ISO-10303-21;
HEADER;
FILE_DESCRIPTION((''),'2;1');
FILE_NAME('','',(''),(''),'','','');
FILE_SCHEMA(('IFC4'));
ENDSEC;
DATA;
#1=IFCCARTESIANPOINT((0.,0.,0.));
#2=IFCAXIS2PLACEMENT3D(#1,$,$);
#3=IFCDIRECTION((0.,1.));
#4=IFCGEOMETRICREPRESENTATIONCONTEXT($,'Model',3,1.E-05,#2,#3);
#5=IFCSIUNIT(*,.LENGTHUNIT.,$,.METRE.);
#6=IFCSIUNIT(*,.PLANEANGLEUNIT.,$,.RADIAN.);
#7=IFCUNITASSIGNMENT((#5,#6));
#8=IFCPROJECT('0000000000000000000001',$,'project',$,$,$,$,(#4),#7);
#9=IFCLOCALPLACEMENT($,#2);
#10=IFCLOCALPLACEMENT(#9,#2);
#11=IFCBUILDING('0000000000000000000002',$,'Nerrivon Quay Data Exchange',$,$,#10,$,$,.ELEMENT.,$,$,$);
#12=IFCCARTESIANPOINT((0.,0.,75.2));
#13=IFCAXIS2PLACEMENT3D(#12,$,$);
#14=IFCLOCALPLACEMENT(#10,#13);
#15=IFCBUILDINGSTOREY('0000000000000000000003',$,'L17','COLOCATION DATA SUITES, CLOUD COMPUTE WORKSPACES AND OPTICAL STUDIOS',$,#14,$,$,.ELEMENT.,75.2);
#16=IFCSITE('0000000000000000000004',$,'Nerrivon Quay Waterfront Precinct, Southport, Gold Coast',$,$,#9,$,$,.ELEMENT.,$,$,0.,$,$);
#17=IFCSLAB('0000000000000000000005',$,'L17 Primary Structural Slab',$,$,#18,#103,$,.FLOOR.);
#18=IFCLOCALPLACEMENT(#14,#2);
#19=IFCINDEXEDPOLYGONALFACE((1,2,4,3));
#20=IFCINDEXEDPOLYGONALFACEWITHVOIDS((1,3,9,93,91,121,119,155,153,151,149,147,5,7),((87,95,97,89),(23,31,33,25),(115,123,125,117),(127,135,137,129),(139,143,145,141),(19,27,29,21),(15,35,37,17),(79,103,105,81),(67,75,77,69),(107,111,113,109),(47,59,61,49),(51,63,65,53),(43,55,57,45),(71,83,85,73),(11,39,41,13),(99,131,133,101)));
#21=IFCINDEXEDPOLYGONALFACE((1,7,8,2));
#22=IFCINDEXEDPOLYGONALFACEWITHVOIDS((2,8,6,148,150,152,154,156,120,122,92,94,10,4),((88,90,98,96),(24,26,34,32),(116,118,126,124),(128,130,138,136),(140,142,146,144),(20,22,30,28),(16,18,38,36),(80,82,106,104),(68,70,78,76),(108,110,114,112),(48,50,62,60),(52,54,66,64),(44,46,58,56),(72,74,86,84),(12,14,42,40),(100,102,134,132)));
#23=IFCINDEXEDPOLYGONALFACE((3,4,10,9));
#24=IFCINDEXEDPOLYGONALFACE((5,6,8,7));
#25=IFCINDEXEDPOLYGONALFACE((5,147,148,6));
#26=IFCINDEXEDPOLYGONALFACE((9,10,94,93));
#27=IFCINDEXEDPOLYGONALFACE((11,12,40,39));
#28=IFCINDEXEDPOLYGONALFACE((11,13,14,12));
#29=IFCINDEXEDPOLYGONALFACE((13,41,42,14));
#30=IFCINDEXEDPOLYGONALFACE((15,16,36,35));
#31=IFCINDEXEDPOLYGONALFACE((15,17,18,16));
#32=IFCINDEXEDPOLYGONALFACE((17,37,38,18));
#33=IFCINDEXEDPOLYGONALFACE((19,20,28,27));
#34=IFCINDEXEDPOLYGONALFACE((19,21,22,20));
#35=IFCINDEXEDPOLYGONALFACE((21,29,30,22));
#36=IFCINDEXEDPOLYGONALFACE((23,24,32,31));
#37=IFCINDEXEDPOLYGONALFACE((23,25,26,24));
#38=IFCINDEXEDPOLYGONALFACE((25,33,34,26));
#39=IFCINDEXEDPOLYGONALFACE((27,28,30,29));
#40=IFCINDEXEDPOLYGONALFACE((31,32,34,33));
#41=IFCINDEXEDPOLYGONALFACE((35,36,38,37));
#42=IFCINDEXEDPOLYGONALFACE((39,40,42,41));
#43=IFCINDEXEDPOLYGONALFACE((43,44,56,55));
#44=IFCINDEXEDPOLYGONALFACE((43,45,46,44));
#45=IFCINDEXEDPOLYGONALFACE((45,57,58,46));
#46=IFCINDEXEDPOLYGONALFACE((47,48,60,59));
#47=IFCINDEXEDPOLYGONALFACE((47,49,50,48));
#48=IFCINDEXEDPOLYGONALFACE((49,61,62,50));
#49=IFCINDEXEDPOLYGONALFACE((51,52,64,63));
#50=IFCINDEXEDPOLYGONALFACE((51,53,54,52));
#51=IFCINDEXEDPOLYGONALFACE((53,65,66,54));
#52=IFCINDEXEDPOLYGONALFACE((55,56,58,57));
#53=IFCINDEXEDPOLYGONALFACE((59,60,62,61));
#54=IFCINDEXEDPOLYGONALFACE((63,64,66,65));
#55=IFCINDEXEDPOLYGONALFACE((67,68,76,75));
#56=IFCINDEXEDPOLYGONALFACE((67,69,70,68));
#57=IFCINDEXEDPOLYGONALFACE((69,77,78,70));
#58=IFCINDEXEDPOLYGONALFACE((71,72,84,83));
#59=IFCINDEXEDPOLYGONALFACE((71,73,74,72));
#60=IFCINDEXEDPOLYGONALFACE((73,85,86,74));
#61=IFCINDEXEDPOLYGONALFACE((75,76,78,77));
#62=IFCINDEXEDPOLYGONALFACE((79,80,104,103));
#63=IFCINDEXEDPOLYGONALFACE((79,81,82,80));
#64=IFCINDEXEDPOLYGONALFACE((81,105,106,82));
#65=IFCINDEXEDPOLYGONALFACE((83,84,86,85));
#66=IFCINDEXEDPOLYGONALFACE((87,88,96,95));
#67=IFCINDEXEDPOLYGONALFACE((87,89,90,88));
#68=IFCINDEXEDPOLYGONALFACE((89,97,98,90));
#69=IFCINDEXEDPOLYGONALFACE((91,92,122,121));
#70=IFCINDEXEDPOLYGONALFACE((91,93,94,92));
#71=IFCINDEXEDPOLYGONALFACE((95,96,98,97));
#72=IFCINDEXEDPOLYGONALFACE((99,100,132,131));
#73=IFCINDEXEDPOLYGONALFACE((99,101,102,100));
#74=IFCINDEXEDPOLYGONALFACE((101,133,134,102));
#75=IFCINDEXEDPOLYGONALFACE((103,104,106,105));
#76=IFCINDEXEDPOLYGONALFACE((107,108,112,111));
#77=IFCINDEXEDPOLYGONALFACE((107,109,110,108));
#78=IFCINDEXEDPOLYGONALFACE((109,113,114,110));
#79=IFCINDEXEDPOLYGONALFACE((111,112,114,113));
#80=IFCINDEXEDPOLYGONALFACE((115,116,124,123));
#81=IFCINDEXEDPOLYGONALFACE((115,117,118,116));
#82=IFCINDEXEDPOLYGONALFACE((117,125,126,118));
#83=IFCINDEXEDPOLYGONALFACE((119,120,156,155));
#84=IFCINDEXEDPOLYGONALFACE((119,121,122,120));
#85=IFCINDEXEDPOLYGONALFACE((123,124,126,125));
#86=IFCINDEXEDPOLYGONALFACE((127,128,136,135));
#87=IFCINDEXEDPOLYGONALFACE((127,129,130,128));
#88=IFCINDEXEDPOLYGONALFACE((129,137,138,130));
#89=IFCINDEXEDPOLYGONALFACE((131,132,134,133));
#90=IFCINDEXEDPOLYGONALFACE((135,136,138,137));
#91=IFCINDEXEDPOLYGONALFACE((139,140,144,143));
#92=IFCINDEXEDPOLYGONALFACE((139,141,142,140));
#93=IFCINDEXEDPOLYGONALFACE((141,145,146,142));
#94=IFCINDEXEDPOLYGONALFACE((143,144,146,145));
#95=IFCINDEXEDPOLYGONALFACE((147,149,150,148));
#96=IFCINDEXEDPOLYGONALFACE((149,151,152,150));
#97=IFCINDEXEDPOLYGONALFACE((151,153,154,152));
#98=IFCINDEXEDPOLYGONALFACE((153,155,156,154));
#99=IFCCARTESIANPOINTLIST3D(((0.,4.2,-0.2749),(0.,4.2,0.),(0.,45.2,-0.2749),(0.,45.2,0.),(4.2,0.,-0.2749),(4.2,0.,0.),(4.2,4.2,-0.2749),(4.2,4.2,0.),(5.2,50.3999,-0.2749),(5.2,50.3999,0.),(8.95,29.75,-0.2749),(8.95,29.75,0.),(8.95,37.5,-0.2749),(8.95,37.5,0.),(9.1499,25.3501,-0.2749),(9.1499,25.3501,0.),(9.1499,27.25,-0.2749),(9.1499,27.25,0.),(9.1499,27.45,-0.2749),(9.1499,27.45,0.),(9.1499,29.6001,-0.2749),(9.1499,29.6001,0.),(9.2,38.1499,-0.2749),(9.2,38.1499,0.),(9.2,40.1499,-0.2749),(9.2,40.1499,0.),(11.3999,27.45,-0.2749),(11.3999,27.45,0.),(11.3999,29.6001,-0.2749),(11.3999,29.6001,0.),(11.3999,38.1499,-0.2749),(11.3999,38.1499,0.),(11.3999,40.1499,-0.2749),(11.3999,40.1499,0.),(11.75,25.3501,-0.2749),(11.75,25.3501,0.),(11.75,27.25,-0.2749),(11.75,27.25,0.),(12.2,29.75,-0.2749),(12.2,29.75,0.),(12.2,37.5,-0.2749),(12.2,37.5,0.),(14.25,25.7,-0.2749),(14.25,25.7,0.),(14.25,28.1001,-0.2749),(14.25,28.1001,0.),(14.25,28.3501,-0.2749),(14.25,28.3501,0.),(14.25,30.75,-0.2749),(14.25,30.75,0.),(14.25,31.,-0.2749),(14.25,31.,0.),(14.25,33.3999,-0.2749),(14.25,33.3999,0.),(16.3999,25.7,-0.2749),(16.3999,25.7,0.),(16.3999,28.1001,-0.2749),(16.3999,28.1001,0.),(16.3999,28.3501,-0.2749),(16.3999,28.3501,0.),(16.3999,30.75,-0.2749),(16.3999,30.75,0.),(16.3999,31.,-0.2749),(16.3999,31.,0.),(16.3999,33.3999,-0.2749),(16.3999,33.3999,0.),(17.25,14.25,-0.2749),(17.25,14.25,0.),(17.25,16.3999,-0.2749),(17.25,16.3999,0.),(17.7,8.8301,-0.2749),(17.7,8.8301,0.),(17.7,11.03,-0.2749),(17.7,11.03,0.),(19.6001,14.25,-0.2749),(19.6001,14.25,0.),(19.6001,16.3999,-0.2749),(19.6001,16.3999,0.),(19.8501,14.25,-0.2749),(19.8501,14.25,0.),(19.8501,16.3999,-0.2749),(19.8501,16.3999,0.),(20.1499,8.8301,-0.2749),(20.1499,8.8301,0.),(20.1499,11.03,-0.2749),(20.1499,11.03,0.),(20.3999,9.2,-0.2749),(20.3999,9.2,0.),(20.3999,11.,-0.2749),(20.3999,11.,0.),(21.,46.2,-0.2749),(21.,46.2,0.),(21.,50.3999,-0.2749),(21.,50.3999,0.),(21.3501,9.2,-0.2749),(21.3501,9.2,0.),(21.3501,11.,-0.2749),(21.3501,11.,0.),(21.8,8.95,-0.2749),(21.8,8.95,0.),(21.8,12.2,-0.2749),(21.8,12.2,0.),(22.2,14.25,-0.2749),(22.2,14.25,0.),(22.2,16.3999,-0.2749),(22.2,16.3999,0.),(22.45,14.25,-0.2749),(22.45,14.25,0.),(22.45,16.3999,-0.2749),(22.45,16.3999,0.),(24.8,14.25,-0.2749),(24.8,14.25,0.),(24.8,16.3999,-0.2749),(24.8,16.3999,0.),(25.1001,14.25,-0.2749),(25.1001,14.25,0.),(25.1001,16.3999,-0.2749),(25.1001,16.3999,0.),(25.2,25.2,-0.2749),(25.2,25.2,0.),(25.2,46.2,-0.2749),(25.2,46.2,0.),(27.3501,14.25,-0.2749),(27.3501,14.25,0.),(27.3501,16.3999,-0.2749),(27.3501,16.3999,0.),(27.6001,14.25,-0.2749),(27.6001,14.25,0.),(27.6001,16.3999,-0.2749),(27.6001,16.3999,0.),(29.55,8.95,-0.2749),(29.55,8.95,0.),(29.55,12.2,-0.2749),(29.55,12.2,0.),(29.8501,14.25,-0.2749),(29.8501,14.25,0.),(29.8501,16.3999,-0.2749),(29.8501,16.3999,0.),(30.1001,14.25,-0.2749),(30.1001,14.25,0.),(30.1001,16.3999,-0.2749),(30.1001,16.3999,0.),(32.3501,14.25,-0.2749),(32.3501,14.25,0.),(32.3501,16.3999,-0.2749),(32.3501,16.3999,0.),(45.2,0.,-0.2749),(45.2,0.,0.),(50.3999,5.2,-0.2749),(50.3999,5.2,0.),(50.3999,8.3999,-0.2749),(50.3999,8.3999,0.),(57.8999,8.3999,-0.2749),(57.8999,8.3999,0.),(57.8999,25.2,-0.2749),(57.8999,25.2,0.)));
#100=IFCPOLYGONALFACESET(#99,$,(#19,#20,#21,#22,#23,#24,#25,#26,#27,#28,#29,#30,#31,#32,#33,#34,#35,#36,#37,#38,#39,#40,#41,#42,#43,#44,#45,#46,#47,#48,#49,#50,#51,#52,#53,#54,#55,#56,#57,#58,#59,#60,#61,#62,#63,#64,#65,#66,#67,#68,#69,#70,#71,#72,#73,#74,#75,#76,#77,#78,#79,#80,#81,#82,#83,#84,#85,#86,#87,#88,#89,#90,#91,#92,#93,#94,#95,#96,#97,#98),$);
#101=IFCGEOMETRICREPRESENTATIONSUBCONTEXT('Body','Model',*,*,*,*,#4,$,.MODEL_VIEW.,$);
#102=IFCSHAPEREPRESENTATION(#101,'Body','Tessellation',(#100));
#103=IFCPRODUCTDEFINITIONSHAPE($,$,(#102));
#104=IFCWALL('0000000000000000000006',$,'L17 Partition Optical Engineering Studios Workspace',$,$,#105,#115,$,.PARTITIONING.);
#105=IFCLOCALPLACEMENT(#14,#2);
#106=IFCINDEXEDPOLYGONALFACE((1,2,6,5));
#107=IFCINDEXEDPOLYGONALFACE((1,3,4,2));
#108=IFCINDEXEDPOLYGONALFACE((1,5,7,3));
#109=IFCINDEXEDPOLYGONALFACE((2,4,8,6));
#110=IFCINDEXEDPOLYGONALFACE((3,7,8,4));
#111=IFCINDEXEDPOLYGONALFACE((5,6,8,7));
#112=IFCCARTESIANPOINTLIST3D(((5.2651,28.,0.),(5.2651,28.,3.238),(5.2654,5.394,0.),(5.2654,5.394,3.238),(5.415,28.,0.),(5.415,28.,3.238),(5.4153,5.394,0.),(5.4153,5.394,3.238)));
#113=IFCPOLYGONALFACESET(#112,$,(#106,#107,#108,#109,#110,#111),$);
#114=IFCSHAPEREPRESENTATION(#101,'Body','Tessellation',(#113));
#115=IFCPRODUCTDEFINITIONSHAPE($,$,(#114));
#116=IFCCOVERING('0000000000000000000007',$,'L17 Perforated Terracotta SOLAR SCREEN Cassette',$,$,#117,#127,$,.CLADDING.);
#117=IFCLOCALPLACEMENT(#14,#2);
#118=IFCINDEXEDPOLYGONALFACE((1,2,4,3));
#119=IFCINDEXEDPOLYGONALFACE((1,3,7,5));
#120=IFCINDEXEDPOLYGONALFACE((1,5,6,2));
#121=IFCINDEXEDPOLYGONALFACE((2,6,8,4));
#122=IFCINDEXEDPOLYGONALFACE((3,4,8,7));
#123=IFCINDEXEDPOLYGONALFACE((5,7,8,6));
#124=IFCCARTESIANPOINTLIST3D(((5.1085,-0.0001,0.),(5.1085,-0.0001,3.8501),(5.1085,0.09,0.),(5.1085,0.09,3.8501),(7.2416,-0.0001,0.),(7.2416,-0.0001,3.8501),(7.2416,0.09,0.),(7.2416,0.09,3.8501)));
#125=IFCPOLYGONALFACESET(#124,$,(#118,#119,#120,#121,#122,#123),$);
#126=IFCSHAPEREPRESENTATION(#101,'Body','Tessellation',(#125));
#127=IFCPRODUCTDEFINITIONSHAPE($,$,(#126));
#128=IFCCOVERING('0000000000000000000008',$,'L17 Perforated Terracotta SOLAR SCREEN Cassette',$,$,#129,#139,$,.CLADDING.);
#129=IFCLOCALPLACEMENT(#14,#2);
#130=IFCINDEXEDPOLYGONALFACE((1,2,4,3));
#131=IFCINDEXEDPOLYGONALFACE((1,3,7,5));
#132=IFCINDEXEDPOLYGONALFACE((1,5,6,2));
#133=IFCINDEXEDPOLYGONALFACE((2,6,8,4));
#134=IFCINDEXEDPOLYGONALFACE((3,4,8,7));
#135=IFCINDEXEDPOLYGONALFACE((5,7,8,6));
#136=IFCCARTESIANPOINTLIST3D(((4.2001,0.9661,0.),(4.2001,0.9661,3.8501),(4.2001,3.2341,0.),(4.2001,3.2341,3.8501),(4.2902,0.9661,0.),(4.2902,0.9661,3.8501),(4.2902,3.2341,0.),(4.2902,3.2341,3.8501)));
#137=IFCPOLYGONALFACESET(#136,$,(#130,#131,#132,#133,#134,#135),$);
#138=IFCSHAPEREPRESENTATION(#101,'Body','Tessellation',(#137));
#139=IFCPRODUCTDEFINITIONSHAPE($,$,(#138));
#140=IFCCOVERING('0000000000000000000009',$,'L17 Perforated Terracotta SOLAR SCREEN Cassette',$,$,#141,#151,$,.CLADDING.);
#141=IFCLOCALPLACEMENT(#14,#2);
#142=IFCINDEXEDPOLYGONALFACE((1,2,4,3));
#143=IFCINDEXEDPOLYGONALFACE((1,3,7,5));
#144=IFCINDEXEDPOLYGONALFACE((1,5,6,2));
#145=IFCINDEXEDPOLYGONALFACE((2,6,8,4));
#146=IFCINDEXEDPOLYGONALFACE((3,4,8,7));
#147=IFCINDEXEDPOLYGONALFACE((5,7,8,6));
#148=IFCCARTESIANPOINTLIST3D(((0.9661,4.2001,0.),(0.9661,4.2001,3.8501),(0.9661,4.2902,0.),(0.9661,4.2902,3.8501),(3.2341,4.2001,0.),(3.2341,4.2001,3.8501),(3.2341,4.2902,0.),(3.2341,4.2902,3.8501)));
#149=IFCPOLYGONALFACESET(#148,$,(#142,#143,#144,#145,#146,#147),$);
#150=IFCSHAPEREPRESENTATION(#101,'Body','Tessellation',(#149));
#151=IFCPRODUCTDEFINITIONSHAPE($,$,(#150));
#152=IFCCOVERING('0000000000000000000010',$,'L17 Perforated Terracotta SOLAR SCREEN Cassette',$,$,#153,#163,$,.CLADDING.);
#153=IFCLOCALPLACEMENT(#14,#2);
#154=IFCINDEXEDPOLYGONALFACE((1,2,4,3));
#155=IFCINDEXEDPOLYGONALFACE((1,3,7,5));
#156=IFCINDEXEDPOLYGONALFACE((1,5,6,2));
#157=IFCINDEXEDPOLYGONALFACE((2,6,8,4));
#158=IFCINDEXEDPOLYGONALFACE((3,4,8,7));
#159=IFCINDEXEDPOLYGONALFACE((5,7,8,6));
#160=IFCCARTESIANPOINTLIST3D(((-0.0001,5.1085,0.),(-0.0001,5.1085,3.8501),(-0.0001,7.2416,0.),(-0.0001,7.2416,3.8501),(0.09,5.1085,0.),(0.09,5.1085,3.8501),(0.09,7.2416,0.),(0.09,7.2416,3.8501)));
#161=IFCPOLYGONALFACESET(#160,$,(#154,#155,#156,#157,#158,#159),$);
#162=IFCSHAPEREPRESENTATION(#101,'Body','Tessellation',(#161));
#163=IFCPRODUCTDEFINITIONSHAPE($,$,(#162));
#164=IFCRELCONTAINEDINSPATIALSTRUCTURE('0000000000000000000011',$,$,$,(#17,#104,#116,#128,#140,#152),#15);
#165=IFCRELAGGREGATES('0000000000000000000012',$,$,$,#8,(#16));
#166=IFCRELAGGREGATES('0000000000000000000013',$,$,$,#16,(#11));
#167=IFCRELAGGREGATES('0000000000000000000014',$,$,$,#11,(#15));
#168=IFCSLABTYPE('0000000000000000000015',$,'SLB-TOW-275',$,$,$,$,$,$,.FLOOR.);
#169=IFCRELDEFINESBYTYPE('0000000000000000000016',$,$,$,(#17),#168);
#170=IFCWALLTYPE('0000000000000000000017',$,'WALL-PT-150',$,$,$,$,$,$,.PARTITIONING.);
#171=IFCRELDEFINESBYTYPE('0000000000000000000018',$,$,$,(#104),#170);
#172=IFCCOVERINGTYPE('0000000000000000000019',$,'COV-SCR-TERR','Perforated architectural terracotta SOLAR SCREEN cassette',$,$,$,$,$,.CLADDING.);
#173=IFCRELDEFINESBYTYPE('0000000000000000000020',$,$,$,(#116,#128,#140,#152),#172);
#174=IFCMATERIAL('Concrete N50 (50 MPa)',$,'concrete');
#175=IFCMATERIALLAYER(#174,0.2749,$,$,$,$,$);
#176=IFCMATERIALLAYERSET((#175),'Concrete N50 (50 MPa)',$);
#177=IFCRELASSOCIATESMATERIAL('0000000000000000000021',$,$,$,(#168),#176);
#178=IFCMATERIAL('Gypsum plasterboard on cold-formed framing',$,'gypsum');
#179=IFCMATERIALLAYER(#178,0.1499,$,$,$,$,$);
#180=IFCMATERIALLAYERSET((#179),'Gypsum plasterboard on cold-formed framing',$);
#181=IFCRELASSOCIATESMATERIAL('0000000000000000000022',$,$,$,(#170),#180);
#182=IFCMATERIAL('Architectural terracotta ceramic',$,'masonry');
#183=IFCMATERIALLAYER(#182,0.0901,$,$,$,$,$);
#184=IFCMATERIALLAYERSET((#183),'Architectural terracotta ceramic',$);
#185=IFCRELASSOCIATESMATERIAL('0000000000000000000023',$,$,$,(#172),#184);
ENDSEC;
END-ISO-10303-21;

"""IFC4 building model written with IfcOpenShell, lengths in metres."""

from ifc_helpers import new_model, si_unit, direction, frame, frame_2d, origin, origin_2d, place, context, subcontext, project, spatial, polyline, rectangle, outline, extrude, material, layer, layer_set, type_object, element, save


model = new_model("IFC4")

# Units and contexts
model_context = context("Model", 3, precision=1e-05, world=origin(), true_north=direction((0.0, 1.0)))
body_context = subcontext(model_context, "Body", "Model", "MODEL_VIEW")
ifc_project = project(units=[si_unit("LENGTHUNIT", "METRE"), si_unit("PLANEANGLEUNIT", "RADIAN")], contexts=[model_context])

# Site, building, storey
site_placement = place(None, origin())
site = spatial("IfcSite", under=ifc_project, at=site_placement, Name="Nerrivon Quay Waterfront Precinct, Southport, Gold Coast", CompositionType="ELEMENT", RefElevation=0.0)
building_placement = place(site_placement, origin())
building = spatial("IfcBuilding", under=site, at=building_placement, Name="Nerrivon Quay Data Exchange", CompositionType="ELEMENT")
storey_placement = place(building_placement, frame((0.0, 0.0, 75.2)))
storey = spatial("IfcBuildingStorey", under=building, at=storey_placement, Name="L17", Description="COLOCATION DATA SUITES, CLOUD COMPUTE WORKSPACES AND OPTICAL STUDIOS", CompositionType="ELEMENT", Elevation=75.2)

# Shared definitions
ifc_material_1 = material(Name="Concrete N50 (50 MPa)", Category="concrete")

# Slab
ifc_layer_1 = layer(ifc_material_1, 0.2749)
ifc_layer_set_1 = layer_set([ifc_layer_1], Name="Concrete N50 (50 MPa)")
slab_type_1 = type_object("IfcSlabType", Name="SLB-TOW-275", PredefinedType="FLOOR", material=ifc_layer_set_1)
slab_1_placement = place(storey_placement, frame((0.0, 0.0, -0.2749)))
element("IfcSlab", 1, at=slab_1_placement, inside=storey, type_object=slab_type_1, Name="L17 Primary Structural Slab", PredefinedType="FLOOR", context=body_context, shape_type="SweptSolid", body=[
    extrude(outline(polyline([(25.2, 25.2), (25.2, 46.2), (21.0, 46.2), (21.0, 50.3999), (5.2, 50.3999), (0.0, 45.2), (0.0, 4.2), (4.2, 4.2), (4.2, 0.0), (45.2, 0.0), (50.3999, 5.2), (50.3999, 8.3999), (57.8999, 8.3999), (57.8999, 25.2), (25.2, 25.2)]), holes=[polyline([(8.95, 29.75), (8.95, 37.5), (12.2, 37.5), (12.2, 29.75), (8.95, 29.75)]), polyline([(21.8, 12.2), (29.55, 12.2), (29.55, 8.95), (21.8, 8.95), (21.8, 12.2)]), polyline([(30.1001, 16.3999), (32.3501, 16.3999), (32.3501, 14.25), (30.1001, 14.25), (30.1001, 16.3999)]), polyline([(27.6001, 16.3999), (29.8501, 16.3999), (29.8501, 14.25), (27.6001, 14.25), (27.6001, 16.3999)]), polyline([(25.1001, 16.3999), (27.3501, 16.3999), (27.3501, 14.25), (25.1001, 14.25), (25.1001, 16.3999)]), polyline([(22.45, 16.3999), (24.8, 16.3999), (24.8, 14.25), (22.45, 14.25), (22.45, 16.3999)]), polyline([(19.8501, 16.3999), (22.2, 16.3999), (22.2, 14.25), (19.8501, 14.25), (19.8501, 16.3999)]), polyline([(20.3999, 11.0), (21.3501, 11.0), (21.3501, 9.2), (20.3999, 9.2), (20.3999, 11.0)]), polyline([(17.7, 8.8301), (17.7, 11.03), (20.1499, 11.03), (20.1499, 8.8301), (17.7, 8.8301)]), polyline([(17.25, 14.25), (17.25, 16.3999), (19.6001, 16.3999), (19.6001, 14.25), (17.25, 14.25)]), polyline([(14.25, 28.1001), (16.3999, 28.1001), (16.3999, 25.7), (14.25, 25.7), (14.25, 28.1001)]), polyline([(14.25, 30.75), (16.3999, 30.75), (16.3999, 28.3501), (14.25, 28.3501), (14.25, 30.75)]), polyline([(14.25, 33.3999), (16.3999, 33.3999), (16.3999, 31.0), (14.25, 31.0), (14.25, 33.3999)]), polyline([(9.1499, 27.25), (11.75, 27.25), (11.75, 25.3501), (9.1499, 25.3501), (9.1499, 27.25)]), polyline([(9.1499, 29.6001), (11.3999, 29.6001), (11.3999, 27.45), (9.1499, 27.45), (9.1499, 29.6001)]), polyline([(9.2, 40.1499), (11.3999, 40.1499), (11.3999, 38.1499), (9.2, 38.1499), (9.2, 40.1499)])]), origin(), (0.0, 0.0, 1.0), 0.2749),
])

# Wall
ifc_material_2 = material(Name="Gypsum plasterboard on cold-formed framing", Category="gypsum")
ifc_layer_2 = layer(ifc_material_2, 0.1499)
ifc_layer_set_2 = layer_set([ifc_layer_2], Name="Gypsum plasterboard on cold-formed framing")
wall_type = type_object("IfcWallType", Name="WALL-PT-150", PredefinedType="PARTITIONING", material=ifc_layer_set_2)
wall_placement = place(storey_placement, frame((5.3403, 5.394, 0.0), z_axis=(0.0, 0.0, 1.0), x_axis=(-0.000011, 1.0, 0.0)))
element("IfcWall", 2, at=wall_placement, inside=storey, type_object=wall_type, Name="L17 Partition Optical Engineering Studios Workspace", PredefinedType="PARTITIONING", context=body_context, shape_type="SweptSolid", body=[
    extrude(rectangle(XDim=22.606, YDim=0.1499, at=frame_2d((11.303, 0.0))), origin(), (0.0, 0.0, 1.0), 3.238),
])

# Coverings
ifc_material_3 = material(Name="Architectural terracotta ceramic", Category="masonry")
ifc_layer_3 = layer(ifc_material_3, 0.0901)
ifc_layer_set_3 = layer_set([ifc_layer_3], Name="Architectural terracotta ceramic")
covering_type = type_object("IfcCoveringType", Name="COV-SCR-TERR", Description="Perforated architectural terracotta SOLAR SCREEN cassette", PredefinedType="CLADDING", material=ifc_layer_set_3)
covering_1_placement = place(storey_placement, frame((6.175, 0.0449, 0.0), z_axis=(0.0, 0.0, 1.0), x_axis=(-1.0, 0.0, 0.0)))
element("IfcCovering", 3, at=covering_1_placement, inside=storey, type_object=covering_type, Name="L17 Perforated Terracotta SOLAR SCREEN Cassette", PredefinedType="CLADDING", context=body_context, shape_type="SweptSolid", body=[
    extrude(rectangle(XDim=2.1331, YDim=0.0901, at=origin_2d()), origin(), (0.0, 0.0, 1.0), 3.8501),
])
for number, where, z_axis, x_axis, name in (
    (4, (4.2451, 2.1001, 0.0), (0.0, 0.0, 1.0), (0.0, 1.0, 0.0), "L17 Perforated Terracotta SOLAR SCREEN Cassette"),
    (5, (2.1001, 4.2451, 0.0), (0.0, 0.0, 1.0), (-1.0, 0.0, 0.0), "L17 Perforated Terracotta SOLAR SCREEN Cassette"),
):
    element("IfcCovering", number, at=place(storey_placement, frame(where, z_axis=z_axis, x_axis=x_axis)), inside=storey, type_object=covering_type, Name=name, PredefinedType="CLADDING", context=body_context, shape_type="SweptSolid", body=[
        extrude(rectangle(XDim=2.2681, YDim=0.0901, at=origin_2d()), origin(), (0.0, 0.0, 1.0), 3.8501),
    ])
covering_2_placement = place(storey_placement, frame((0.0449, 6.175, 0.0), z_axis=(0.0, 0.0, 1.0), x_axis=(0.0, 1.0, 0.0)))
element("IfcCovering", 6, at=covering_2_placement, inside=storey, type_object=covering_type, Name="L17 Perforated Terracotta SOLAR SCREEN Cassette", PredefinedType="CLADDING", context=body_context, shape_type="SweptSolid", body=[
    extrude(rectangle(XDim=2.1331, YDim=0.0901, at=origin_2d()), origin(), (0.0, 0.0, 1.0), 3.8501),
])

save(model, "model.ifc")
